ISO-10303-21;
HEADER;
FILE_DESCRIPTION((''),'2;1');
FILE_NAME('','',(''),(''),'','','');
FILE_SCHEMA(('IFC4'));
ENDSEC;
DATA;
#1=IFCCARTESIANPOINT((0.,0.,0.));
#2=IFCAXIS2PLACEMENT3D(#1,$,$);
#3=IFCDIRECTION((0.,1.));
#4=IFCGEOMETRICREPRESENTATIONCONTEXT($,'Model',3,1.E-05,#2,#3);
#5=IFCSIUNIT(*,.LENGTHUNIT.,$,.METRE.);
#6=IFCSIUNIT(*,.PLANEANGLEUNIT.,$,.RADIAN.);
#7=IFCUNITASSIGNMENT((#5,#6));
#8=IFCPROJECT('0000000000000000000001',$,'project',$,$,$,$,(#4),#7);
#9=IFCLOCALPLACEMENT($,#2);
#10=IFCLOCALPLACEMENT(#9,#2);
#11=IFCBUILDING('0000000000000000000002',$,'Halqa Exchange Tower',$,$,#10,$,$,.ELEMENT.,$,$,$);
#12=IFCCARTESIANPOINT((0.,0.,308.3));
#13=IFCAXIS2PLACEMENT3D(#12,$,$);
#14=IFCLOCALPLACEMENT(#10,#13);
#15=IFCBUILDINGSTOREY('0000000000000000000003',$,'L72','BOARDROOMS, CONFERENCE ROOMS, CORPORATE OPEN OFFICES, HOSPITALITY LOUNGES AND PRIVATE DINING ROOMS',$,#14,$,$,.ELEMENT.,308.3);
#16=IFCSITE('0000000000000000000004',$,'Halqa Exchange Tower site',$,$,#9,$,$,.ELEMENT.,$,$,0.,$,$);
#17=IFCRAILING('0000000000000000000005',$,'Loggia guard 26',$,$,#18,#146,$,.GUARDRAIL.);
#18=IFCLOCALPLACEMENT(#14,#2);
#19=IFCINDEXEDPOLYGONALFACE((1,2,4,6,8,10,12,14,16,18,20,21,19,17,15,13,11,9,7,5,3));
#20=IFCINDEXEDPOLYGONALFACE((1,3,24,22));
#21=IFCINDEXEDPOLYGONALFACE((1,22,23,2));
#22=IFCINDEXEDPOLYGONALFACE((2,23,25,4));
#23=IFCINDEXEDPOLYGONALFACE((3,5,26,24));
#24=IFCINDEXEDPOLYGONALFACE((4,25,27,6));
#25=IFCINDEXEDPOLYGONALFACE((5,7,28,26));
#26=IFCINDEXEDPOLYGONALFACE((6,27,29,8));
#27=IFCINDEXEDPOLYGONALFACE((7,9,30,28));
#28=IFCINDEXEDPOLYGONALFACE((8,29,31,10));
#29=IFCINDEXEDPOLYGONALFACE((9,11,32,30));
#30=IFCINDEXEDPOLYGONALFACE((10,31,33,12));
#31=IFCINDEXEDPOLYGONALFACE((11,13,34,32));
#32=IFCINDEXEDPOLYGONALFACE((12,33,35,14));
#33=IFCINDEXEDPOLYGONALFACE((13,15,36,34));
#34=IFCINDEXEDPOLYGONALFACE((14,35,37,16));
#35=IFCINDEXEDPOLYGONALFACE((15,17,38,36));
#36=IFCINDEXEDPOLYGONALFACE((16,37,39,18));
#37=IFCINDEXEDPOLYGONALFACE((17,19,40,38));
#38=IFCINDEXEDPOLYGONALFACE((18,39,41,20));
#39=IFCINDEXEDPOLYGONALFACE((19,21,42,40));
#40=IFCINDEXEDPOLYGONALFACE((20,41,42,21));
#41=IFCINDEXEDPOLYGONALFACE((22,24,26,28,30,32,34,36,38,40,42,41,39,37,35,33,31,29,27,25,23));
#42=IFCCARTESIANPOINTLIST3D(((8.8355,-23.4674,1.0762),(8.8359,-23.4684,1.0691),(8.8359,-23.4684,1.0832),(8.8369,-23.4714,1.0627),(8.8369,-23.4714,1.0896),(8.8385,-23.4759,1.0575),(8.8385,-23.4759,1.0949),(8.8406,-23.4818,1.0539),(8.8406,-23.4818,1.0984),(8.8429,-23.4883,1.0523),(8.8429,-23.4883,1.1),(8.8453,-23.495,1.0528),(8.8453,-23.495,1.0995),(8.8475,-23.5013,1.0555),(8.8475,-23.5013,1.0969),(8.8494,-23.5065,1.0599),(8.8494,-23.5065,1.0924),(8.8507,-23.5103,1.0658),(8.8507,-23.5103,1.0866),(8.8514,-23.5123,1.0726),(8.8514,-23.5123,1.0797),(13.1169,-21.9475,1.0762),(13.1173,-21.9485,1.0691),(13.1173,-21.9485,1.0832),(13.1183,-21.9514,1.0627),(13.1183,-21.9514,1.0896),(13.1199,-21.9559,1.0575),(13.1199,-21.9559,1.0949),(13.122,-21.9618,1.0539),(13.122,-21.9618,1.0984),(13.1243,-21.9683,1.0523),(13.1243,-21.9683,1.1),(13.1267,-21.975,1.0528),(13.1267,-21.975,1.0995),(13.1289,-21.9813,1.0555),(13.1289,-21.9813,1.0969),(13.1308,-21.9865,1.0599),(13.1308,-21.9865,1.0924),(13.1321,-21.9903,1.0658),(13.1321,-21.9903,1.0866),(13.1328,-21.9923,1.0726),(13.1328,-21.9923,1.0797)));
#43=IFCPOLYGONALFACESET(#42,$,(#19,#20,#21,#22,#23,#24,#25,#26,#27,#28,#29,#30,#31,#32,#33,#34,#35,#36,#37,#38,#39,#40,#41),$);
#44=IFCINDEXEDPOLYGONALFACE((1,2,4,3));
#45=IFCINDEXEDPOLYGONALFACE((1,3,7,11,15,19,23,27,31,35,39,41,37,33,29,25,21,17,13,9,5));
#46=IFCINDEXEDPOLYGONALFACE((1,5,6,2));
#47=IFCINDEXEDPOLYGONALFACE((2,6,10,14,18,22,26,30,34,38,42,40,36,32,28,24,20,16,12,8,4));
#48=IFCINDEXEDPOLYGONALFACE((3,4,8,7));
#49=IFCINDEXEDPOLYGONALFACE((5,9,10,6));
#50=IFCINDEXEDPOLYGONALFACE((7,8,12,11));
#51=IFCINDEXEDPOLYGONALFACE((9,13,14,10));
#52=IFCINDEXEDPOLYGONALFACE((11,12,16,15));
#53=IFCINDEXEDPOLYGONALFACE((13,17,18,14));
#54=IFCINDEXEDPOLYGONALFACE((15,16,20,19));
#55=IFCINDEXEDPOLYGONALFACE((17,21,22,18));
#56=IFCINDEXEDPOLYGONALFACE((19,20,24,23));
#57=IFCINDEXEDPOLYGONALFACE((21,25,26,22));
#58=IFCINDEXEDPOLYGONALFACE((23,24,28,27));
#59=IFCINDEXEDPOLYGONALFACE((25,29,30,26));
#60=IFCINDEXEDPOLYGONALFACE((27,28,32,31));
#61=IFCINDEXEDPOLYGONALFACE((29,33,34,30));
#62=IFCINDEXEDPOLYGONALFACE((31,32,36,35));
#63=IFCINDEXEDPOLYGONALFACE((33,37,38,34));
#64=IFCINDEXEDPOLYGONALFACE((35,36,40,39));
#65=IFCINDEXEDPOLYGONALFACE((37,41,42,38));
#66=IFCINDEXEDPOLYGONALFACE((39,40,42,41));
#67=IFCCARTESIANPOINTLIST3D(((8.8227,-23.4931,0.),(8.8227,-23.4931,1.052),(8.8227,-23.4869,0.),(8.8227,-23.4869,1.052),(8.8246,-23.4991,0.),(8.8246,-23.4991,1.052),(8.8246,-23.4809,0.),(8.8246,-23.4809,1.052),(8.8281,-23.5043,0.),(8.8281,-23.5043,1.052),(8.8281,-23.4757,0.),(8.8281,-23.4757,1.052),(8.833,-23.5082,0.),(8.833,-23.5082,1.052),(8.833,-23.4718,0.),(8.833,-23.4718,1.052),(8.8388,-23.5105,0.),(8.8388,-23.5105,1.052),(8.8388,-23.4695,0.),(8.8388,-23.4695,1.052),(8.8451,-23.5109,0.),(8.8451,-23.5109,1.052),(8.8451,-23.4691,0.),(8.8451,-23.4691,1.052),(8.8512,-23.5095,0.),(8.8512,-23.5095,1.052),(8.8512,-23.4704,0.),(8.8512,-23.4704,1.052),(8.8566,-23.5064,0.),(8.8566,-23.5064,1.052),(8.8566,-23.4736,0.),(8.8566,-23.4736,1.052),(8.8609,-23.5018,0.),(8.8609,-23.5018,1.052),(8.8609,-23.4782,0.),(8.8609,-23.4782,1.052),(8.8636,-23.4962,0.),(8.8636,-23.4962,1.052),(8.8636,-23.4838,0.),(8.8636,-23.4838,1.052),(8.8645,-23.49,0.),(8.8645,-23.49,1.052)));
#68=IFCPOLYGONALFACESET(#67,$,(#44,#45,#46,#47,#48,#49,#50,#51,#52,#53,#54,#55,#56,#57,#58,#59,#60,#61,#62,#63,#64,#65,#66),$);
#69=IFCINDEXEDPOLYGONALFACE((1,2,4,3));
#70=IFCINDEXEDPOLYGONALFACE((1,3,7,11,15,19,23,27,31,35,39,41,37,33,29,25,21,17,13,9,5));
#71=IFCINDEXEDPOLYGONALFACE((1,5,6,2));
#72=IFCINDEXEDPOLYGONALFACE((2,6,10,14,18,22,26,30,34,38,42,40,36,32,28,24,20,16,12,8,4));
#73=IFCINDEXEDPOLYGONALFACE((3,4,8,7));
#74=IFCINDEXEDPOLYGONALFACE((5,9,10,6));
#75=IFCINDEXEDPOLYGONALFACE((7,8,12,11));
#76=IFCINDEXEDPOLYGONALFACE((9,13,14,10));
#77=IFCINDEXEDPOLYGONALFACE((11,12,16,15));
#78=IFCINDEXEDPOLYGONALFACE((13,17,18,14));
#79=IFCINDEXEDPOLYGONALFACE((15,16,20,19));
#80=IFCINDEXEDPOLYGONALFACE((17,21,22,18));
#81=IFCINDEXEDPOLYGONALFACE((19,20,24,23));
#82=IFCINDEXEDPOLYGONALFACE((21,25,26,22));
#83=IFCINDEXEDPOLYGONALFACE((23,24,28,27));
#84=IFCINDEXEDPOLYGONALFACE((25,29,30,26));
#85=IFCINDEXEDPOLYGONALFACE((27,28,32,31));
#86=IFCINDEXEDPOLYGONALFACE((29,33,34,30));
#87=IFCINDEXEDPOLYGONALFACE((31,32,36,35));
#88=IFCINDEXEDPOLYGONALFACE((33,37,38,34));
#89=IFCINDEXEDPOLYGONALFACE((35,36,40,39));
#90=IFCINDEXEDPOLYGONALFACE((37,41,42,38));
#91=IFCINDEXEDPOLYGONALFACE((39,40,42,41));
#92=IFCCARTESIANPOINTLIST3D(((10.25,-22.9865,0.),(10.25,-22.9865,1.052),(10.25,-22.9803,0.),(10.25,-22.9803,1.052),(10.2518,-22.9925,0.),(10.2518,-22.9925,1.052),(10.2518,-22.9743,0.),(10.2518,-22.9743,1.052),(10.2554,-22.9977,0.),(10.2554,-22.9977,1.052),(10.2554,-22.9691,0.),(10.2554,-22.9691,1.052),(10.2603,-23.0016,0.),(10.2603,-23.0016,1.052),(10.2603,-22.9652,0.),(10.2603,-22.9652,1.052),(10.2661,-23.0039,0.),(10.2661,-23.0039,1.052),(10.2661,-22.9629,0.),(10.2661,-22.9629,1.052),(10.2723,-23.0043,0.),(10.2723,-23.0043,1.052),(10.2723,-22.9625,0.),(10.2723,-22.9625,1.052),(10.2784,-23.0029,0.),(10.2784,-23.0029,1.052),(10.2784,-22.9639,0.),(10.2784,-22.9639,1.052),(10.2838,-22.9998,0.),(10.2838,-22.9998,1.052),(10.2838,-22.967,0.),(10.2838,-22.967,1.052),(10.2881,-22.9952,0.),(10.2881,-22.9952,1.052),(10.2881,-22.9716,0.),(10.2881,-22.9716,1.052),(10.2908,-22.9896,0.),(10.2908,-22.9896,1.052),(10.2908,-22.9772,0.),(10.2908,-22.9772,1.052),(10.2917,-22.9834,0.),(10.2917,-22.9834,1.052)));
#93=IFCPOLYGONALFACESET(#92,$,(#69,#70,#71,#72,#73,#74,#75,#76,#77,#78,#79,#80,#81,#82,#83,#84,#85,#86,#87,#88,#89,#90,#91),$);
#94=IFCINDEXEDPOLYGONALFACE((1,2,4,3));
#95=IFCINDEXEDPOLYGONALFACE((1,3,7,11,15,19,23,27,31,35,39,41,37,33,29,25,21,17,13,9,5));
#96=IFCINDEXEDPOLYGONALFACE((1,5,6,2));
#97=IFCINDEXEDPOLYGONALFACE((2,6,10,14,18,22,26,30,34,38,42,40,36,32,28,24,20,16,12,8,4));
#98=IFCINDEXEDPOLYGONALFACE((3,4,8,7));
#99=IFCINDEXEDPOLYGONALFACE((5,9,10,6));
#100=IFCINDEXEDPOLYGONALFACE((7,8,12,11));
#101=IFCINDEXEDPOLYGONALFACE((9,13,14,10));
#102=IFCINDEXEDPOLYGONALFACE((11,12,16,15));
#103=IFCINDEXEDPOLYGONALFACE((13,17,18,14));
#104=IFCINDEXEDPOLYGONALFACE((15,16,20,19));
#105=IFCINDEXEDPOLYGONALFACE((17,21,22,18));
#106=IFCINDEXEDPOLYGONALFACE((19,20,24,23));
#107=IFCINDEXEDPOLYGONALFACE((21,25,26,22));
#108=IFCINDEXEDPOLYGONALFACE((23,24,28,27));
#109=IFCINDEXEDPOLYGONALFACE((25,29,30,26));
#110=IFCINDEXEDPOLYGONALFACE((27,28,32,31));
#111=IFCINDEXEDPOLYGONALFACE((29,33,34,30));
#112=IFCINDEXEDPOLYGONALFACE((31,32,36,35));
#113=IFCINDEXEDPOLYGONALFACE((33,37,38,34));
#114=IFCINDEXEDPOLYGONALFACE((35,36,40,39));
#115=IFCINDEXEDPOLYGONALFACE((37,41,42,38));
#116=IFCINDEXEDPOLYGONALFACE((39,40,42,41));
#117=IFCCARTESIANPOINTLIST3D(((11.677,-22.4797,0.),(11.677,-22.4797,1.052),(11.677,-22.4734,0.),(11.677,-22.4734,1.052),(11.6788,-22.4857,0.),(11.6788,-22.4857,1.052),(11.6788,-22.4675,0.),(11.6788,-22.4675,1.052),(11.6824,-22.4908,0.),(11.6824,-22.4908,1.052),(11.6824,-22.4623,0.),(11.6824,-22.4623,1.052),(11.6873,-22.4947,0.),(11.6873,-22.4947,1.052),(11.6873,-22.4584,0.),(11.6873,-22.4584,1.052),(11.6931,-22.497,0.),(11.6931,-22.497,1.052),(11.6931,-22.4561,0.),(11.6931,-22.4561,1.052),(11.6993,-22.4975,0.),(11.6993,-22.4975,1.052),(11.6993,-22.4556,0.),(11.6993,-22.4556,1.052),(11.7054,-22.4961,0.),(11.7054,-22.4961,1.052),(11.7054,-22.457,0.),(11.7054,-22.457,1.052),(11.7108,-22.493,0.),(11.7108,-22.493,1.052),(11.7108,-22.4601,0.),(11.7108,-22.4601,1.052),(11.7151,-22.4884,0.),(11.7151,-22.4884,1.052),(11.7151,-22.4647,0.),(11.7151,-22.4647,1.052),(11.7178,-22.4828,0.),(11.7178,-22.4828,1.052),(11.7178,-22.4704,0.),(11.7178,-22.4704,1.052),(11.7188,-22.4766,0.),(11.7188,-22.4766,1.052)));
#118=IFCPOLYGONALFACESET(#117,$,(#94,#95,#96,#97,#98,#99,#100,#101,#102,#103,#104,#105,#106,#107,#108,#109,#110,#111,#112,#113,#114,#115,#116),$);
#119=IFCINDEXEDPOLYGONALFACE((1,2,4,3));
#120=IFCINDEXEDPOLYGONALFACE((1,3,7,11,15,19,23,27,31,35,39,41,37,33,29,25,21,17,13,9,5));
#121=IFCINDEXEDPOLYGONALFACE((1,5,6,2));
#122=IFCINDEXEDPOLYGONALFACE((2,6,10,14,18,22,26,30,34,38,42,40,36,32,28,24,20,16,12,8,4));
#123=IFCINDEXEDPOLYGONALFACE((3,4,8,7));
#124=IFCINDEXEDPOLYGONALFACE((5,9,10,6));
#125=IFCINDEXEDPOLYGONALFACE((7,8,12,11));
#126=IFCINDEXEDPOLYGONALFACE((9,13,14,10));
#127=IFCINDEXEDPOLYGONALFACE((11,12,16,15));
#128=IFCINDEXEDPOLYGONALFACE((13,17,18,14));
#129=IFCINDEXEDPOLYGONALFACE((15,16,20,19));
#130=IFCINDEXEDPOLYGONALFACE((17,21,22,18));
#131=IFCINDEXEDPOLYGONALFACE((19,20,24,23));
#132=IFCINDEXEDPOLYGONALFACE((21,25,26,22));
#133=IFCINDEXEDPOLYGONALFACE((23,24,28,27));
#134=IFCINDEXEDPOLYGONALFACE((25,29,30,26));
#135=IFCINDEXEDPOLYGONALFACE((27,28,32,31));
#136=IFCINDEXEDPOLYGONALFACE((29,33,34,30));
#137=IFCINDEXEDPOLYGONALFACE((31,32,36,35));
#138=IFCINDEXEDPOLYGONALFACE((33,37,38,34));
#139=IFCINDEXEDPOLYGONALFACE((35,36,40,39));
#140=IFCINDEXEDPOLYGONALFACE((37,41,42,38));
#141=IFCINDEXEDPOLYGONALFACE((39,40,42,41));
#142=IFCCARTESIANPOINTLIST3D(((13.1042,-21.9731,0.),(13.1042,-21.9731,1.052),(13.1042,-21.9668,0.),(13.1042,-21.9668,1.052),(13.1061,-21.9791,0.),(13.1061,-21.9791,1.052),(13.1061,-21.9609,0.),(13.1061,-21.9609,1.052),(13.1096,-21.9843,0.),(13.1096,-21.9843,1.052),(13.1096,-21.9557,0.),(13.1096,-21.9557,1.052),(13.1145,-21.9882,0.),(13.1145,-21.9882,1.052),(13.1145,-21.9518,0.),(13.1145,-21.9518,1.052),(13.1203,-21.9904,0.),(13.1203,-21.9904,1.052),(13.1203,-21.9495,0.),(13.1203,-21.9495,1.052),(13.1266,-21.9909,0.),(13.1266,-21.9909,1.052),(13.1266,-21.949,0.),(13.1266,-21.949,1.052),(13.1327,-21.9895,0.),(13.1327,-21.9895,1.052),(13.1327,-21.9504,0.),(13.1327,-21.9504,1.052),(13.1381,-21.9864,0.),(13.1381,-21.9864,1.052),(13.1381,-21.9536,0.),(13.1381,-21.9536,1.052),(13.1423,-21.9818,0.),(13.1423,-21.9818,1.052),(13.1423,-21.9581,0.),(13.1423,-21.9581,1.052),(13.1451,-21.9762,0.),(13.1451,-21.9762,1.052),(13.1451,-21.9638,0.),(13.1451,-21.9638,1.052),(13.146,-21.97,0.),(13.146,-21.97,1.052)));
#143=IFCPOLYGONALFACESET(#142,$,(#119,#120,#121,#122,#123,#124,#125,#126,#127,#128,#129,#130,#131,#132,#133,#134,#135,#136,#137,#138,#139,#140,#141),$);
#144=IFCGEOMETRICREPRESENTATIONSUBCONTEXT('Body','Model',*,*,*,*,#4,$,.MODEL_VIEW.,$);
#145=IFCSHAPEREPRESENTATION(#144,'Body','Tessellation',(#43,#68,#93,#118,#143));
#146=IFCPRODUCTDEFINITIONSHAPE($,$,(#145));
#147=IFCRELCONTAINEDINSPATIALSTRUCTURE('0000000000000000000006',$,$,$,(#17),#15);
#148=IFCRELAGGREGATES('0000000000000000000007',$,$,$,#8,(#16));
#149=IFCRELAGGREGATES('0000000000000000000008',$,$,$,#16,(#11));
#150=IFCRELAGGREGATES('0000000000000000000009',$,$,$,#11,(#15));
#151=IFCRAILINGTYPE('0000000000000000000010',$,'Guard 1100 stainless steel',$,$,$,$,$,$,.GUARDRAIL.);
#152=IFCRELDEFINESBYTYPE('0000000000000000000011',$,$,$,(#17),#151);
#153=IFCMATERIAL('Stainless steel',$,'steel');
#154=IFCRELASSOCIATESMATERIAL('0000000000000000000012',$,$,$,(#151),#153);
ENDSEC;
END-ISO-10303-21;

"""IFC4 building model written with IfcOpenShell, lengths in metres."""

from ifc_helpers import new_model, si_unit, direction, frame, origin, origin_2d, place, context, subcontext, project, spatial, circle, extrude, material, type_object, element, save


model = new_model("IFC4")

# Units and contexts
model_context = context("Model", 3, precision=1e-05, world=origin(), true_north=direction((0.0, 1.0)))
body_context = subcontext(model_context, "Body", "Model", "MODEL_VIEW")
ifc_project = project(units=[si_unit("LENGTHUNIT", "METRE"), si_unit("PLANEANGLEUNIT", "RADIAN")], contexts=[model_context])

# Site, building, storey
site_placement = place(None, origin())
site = spatial("IfcSite", under=ifc_project, at=site_placement, Name="Halqa Exchange Tower site", CompositionType="ELEMENT", RefElevation=0.0)
building_placement = place(site_placement, origin())
building = spatial("IfcBuilding", under=site, at=building_placement, Name="Halqa Exchange Tower", CompositionType="ELEMENT")
storey_placement = place(building_placement, frame((0.0, 0.0, 308.3)))
storey = spatial("IfcBuildingStorey", under=building, at=storey_placement, Name="L72", Description="BOARDROOMS, CONFERENCE ROOMS, CORPORATE OPEN OFFICES, HOSPITALITY LOUNGES AND PRIVATE DINING ROOMS", CompositionType="ELEMENT", Elevation=308.3)

# Railing
ifc_material_1 = material(Name="Stainless steel", Category="steel")
railing_type = type_object("IfcRailingType", Name="Guard 1100 stainless steel", PredefinedType="GUARDRAIL", material=ifc_material_1)
railing_1_placement = place(storey_placement, frame((8.8435, -23.49, 0.0)))
element("IfcRailing", 1, at=railing_1_placement, inside=storey, type_object=railing_type, Name="Loggia guard 26", PredefinedType="GUARDRAIL", context=body_context, shape_type="SweptSolid", body=[
    extrude(circle(Radius=0.0239, at=origin_2d()), frame((0.0, 0.0, 1.0762), z_axis=(0.942374, 0.334562, 0.0), x_axis=(-0.334562, 0.942374, 0.0)), (0.0, 0.0, 1.0), 4.5432),
    extrude(circle(Radius=0.021, at=origin_2d()), origin(), (0.0, 0.0, 1.0), 1.052),
    extrude(circle(Radius=0.021, at=origin_2d()), frame((1.4272, 0.5066, 0.0)), (0.0, 0.0, 1.0), 1.052),
    extrude(circle(Radius=0.021, at=origin_2d()), frame((2.8542, 1.0134, 0.0)), (0.0, 0.0, 1.0), 1.052),
    extrude(circle(Radius=0.021, at=origin_2d()), frame((4.2815, 1.52, 0.0)), (0.0, 0.0, 1.0), 1.052),
])

save(model, "model.ifc")
